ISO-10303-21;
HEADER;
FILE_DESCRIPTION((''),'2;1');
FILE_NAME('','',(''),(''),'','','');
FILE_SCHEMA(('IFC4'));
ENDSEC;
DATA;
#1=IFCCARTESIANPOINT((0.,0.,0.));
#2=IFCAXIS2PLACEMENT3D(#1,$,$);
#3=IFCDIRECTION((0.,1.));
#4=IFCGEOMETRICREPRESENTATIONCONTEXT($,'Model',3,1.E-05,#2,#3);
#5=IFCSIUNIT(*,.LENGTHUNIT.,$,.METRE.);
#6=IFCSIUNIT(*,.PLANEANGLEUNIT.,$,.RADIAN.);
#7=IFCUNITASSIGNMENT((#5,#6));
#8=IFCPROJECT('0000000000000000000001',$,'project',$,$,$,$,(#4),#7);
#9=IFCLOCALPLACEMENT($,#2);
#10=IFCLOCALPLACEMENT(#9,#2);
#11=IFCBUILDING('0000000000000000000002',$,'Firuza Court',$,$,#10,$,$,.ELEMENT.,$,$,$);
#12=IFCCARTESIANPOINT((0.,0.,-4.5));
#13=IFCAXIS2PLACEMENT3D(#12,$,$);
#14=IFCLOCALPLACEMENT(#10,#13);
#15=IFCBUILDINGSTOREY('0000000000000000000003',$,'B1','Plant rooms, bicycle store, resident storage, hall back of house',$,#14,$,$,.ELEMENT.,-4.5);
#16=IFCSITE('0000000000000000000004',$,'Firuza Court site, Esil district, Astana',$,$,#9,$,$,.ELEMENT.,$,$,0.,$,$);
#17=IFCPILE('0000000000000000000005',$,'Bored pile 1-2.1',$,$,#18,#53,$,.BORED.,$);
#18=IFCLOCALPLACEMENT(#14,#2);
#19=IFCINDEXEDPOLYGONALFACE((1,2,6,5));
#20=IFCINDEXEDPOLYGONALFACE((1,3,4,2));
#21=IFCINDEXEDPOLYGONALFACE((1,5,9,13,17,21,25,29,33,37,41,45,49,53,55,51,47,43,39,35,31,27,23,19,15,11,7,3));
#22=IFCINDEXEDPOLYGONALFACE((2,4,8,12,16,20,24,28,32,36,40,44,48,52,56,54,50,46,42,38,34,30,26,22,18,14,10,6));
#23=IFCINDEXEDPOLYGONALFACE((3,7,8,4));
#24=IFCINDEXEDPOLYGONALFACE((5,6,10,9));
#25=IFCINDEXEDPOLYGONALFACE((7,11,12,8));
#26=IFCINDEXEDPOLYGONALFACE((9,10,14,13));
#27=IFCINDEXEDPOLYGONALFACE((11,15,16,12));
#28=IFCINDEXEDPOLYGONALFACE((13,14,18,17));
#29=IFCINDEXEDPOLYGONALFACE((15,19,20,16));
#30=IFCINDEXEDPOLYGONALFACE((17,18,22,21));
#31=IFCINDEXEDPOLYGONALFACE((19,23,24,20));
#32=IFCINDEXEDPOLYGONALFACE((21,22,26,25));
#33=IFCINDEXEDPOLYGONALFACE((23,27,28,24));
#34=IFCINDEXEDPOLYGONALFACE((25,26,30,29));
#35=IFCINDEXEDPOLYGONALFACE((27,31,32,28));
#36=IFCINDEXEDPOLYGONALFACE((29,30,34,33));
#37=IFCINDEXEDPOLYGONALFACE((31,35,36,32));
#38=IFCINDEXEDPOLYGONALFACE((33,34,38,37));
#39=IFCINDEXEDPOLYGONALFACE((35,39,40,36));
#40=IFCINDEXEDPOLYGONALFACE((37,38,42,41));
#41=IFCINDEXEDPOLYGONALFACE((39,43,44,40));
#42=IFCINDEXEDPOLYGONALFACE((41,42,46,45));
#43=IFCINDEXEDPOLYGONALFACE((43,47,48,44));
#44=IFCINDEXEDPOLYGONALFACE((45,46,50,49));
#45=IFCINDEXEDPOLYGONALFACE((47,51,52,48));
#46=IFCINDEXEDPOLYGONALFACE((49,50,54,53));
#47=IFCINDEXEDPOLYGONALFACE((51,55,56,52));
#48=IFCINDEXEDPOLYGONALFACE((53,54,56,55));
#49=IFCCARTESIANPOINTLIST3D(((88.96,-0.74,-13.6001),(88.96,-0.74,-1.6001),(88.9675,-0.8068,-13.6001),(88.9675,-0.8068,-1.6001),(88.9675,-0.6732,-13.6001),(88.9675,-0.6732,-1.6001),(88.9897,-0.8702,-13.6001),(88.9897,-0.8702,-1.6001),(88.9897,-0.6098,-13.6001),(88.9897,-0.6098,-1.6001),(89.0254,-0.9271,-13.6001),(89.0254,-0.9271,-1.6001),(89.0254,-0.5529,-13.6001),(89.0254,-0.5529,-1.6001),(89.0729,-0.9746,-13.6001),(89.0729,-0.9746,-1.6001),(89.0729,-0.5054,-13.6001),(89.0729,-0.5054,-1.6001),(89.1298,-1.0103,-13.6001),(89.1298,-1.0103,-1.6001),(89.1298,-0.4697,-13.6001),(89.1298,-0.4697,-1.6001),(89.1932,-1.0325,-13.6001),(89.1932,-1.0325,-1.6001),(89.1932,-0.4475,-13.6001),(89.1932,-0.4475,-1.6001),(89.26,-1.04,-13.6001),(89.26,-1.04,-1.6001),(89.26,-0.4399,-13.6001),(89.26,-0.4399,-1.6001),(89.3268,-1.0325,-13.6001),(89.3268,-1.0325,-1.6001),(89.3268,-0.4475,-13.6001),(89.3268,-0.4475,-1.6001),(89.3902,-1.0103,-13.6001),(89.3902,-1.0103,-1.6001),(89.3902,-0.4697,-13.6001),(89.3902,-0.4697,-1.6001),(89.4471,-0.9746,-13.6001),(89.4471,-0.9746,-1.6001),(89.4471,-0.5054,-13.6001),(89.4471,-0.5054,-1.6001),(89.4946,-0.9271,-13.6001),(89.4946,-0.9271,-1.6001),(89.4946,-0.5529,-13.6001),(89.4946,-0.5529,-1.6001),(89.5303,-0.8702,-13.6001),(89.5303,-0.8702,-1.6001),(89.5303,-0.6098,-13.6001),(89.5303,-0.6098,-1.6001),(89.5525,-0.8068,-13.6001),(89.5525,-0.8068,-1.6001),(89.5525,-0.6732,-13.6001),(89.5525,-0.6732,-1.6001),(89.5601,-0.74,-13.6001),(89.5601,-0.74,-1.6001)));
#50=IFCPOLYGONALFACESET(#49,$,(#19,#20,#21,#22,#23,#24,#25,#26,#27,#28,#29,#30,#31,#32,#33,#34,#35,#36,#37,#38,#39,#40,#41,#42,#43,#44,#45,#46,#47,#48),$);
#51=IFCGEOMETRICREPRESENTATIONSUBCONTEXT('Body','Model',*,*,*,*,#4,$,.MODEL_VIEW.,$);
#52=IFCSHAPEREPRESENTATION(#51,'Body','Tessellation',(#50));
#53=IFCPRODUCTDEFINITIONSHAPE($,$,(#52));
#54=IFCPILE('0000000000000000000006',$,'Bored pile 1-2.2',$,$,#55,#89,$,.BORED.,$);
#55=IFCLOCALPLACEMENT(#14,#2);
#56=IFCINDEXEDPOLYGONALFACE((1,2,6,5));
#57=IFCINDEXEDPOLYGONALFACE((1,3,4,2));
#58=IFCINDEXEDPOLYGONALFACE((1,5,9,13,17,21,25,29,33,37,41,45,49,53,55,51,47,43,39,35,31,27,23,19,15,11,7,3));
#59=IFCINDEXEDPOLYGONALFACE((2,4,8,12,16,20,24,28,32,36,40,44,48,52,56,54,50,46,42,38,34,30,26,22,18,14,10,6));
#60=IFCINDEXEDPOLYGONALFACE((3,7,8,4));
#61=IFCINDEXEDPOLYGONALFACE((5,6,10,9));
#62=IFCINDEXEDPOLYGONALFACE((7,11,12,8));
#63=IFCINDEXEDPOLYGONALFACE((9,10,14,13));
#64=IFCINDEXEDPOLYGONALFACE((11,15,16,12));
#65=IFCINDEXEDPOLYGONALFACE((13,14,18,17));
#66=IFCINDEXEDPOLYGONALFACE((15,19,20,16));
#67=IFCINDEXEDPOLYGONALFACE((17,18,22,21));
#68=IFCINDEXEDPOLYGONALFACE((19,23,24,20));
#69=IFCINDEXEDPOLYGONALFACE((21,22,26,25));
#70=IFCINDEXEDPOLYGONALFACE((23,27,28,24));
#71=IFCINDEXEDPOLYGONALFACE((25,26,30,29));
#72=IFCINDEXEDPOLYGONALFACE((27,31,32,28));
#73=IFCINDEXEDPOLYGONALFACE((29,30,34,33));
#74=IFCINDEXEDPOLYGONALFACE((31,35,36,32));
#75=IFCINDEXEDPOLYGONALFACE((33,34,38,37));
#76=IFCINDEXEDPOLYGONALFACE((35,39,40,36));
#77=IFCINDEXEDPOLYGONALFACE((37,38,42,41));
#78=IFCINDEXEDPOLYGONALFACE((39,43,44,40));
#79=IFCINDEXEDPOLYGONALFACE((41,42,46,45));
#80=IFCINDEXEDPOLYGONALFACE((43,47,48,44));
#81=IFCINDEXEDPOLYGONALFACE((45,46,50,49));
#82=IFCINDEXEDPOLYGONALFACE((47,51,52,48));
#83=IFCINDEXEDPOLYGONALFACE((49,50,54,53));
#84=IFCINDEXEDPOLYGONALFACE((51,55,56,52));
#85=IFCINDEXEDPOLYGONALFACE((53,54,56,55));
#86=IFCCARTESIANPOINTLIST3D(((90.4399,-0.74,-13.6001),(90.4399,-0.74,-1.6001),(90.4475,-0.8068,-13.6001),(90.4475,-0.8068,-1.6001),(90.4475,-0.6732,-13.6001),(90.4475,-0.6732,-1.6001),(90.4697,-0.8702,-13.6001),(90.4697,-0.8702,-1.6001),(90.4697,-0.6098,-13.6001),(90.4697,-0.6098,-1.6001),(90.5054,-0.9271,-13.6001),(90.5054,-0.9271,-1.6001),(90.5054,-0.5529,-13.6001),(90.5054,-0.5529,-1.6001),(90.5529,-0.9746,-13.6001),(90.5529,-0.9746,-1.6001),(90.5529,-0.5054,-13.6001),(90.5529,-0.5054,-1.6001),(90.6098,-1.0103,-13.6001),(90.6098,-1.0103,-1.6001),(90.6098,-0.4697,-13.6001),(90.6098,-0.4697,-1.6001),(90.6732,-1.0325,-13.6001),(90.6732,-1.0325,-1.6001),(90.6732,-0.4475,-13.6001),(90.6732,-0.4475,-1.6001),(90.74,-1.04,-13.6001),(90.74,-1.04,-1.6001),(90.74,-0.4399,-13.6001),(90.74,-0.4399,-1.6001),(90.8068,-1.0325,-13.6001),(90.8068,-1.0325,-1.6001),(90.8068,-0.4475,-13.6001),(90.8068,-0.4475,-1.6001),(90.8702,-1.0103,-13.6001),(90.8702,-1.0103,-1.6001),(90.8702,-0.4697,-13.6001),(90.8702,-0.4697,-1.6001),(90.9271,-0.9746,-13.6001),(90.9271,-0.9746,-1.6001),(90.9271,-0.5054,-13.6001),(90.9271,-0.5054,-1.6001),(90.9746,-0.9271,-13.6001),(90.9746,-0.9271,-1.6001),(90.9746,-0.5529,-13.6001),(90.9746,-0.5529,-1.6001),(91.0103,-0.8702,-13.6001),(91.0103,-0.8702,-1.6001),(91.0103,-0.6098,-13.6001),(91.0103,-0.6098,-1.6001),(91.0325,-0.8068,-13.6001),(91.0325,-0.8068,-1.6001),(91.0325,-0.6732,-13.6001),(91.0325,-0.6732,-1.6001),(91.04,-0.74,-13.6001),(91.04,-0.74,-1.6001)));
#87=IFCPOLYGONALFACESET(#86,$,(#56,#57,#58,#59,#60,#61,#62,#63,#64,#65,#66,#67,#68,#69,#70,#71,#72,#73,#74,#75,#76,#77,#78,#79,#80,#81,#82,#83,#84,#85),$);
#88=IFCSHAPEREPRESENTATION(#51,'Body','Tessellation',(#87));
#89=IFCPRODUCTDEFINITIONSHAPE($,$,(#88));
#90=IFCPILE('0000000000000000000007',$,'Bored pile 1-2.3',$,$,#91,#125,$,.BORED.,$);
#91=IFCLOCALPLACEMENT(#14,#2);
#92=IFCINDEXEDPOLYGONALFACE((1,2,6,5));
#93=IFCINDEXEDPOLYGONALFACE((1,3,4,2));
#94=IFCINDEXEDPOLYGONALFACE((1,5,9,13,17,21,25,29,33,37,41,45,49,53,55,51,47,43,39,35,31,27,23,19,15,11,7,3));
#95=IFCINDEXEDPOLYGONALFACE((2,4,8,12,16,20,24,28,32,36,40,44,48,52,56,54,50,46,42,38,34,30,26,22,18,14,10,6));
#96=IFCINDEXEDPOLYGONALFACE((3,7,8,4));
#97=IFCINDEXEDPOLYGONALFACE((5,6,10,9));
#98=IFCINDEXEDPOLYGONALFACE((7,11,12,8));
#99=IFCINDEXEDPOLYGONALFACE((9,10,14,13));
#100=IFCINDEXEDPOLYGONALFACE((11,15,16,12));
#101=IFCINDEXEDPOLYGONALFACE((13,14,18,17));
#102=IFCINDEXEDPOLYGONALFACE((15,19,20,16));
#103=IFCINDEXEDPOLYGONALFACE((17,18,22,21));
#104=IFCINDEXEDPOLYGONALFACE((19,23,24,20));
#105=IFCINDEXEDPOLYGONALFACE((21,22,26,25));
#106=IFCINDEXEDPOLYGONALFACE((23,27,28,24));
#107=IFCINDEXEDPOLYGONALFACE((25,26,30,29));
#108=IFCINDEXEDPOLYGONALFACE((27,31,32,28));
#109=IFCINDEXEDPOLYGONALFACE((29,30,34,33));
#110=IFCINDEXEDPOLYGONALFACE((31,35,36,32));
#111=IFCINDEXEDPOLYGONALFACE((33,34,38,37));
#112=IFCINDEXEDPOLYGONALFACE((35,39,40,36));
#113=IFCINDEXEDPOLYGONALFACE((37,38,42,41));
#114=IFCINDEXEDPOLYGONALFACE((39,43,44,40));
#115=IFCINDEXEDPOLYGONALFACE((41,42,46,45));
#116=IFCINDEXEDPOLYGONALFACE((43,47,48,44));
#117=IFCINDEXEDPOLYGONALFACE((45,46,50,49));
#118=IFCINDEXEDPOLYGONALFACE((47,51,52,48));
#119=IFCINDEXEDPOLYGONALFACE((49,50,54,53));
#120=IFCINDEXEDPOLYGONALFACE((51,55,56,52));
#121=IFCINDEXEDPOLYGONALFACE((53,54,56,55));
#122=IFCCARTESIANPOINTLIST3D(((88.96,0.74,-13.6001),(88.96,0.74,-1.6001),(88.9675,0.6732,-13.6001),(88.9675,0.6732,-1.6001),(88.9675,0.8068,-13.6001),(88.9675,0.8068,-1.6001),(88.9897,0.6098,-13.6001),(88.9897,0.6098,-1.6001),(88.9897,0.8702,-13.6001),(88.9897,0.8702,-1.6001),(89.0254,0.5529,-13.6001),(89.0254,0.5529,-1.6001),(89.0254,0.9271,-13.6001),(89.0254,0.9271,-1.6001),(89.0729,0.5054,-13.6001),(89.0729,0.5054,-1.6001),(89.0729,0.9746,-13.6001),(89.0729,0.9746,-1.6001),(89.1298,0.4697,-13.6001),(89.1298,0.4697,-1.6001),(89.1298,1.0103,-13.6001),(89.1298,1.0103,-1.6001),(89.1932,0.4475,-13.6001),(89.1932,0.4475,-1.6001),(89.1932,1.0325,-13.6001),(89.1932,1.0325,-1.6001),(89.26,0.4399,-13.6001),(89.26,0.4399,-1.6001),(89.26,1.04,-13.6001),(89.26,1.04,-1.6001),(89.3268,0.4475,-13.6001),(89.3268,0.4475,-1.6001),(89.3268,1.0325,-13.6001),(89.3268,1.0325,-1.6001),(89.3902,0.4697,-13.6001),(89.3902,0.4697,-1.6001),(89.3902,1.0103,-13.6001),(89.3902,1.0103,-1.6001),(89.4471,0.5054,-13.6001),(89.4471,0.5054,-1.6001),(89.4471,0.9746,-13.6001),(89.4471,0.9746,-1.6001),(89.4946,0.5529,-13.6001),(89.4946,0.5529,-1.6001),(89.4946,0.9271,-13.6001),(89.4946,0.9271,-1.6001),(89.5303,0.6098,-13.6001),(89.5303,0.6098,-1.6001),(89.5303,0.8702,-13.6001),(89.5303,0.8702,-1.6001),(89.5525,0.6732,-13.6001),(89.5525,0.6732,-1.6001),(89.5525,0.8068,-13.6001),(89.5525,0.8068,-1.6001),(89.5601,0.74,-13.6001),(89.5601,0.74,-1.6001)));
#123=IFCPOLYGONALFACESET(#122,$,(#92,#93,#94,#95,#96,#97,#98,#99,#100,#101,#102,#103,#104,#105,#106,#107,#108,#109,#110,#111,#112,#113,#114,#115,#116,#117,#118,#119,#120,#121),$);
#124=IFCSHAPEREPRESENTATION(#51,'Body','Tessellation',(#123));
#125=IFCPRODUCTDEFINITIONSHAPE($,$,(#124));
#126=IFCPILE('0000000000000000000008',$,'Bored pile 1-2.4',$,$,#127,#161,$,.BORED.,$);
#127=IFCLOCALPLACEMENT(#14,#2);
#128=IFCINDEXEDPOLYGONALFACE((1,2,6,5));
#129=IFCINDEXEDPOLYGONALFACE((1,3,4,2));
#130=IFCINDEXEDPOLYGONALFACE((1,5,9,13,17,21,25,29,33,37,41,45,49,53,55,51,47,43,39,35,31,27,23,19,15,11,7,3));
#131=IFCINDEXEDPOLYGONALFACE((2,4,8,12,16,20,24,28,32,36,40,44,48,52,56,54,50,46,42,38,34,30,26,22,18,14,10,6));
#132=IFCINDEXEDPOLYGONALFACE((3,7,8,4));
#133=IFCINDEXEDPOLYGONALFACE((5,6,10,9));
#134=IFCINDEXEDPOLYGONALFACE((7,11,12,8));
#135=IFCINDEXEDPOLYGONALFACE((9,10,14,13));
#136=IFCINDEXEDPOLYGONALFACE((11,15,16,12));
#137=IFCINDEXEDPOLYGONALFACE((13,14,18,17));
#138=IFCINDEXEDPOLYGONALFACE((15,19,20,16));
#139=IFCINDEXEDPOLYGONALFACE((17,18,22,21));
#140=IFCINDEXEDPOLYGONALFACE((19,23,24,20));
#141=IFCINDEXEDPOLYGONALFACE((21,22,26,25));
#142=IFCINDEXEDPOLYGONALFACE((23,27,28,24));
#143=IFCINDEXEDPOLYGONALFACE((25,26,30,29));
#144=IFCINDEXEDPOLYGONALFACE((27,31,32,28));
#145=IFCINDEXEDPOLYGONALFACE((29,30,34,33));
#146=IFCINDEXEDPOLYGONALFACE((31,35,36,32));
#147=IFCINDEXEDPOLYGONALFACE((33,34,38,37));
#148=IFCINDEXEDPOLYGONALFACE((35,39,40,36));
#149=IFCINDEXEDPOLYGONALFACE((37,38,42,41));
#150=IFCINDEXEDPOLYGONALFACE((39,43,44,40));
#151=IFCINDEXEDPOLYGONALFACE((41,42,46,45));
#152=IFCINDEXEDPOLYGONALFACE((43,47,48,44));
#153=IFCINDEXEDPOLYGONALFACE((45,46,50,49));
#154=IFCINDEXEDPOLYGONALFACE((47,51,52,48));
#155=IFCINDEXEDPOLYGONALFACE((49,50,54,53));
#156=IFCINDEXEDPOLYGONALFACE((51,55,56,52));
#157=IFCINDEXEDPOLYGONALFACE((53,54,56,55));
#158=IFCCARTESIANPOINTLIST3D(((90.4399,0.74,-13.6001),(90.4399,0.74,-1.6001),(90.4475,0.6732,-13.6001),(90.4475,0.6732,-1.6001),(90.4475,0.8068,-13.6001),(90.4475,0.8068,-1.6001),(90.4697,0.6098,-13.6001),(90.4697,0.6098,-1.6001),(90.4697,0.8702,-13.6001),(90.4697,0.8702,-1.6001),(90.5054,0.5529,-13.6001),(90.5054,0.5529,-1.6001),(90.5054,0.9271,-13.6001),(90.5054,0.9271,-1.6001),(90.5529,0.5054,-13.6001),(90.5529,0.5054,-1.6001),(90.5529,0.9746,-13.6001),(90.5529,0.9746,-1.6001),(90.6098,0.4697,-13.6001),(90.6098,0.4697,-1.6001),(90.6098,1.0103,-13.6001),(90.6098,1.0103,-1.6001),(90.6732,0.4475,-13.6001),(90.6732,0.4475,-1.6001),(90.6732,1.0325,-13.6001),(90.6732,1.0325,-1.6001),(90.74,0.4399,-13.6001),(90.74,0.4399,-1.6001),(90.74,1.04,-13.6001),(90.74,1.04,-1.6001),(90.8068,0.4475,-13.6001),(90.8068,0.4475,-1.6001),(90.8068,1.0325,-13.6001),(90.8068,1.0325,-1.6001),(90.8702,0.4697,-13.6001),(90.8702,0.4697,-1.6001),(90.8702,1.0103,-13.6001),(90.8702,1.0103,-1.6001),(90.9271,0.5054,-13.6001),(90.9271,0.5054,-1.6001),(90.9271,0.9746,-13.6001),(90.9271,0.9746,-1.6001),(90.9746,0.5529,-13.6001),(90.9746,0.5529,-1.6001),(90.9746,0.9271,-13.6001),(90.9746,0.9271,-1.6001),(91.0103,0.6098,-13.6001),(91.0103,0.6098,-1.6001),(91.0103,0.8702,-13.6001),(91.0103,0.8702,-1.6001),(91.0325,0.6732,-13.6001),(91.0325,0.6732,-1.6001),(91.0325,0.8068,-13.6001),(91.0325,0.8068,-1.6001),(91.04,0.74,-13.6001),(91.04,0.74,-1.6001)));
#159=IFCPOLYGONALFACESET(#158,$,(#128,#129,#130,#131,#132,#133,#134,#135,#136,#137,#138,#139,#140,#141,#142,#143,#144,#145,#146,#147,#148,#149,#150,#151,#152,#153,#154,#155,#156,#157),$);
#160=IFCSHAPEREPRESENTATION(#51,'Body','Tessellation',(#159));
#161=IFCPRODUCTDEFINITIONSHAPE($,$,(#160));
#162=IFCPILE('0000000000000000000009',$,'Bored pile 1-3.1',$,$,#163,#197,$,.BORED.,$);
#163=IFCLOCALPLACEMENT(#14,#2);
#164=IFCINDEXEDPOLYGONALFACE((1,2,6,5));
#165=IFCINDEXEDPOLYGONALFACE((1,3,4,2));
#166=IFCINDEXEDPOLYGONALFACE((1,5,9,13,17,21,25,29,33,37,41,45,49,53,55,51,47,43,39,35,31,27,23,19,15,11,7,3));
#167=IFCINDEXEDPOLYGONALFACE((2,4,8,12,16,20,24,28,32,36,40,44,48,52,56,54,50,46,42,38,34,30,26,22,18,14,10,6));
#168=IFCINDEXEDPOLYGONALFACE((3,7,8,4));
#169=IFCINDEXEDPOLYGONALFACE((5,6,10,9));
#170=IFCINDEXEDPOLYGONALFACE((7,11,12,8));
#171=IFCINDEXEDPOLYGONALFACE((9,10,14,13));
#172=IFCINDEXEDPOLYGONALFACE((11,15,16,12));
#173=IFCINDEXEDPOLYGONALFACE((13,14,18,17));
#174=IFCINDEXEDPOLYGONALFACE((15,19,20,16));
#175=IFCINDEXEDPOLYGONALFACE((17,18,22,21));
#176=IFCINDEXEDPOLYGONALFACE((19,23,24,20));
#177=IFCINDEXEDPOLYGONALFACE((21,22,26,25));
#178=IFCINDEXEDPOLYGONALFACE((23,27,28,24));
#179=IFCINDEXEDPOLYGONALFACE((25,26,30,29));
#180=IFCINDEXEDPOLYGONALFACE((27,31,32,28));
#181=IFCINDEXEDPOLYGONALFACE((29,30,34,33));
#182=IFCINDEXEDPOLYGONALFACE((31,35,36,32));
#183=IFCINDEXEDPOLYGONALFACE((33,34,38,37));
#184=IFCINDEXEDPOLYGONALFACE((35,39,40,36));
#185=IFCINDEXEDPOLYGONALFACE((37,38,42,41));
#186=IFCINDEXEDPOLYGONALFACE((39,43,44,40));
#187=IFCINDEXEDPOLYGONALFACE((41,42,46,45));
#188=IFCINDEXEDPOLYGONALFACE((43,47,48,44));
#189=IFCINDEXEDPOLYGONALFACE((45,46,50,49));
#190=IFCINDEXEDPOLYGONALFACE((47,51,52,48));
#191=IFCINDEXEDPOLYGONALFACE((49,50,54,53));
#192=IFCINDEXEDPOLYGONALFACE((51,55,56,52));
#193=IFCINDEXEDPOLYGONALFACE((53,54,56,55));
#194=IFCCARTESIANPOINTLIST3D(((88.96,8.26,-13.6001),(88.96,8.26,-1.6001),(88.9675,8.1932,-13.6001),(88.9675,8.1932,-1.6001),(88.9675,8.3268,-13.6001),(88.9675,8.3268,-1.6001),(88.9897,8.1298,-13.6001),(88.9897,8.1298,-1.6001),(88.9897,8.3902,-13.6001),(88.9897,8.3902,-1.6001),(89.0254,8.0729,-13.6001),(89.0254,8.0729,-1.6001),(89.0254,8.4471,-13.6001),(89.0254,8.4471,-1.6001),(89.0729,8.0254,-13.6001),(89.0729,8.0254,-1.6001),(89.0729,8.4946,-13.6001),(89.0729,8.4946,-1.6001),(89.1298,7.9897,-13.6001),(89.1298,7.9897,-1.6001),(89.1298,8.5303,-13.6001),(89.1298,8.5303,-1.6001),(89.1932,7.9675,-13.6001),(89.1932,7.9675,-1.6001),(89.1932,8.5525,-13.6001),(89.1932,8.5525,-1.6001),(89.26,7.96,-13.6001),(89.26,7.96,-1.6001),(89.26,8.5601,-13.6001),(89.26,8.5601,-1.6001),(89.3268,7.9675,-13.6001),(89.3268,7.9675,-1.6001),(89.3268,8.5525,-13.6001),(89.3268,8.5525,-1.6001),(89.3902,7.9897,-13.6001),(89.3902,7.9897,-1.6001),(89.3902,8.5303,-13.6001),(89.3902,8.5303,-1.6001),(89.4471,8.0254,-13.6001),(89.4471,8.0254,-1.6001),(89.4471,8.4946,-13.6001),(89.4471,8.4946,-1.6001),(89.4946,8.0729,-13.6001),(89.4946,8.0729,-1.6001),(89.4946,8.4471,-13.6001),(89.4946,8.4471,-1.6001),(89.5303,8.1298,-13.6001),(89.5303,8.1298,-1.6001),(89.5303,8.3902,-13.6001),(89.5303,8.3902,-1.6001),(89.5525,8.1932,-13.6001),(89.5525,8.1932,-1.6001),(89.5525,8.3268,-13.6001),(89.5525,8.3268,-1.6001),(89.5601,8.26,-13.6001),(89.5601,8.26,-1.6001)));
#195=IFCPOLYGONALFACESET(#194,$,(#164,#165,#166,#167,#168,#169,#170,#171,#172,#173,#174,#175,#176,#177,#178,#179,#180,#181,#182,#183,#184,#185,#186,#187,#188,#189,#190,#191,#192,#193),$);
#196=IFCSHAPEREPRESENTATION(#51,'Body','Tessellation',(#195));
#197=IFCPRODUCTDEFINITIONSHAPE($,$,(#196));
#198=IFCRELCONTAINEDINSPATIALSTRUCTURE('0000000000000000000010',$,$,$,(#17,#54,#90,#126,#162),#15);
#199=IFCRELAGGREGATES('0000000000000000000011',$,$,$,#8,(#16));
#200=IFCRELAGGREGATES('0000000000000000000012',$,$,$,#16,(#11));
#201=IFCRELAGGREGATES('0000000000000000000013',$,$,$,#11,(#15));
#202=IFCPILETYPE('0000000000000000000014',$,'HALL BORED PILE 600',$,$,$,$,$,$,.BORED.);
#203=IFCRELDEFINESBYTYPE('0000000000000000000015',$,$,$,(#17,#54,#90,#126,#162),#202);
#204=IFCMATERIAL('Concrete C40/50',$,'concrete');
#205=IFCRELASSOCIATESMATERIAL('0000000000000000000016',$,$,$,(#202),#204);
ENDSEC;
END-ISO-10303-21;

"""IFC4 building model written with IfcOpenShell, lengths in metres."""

from ifc_helpers import new_model, si_unit, direction, frame, origin, origin_2d, place, context, subcontext, project, spatial, circle, extrude, material, material_profile, profile_set, type_object, element, save


model = new_model("IFC4")

# Units and contexts
model_context = context("Model", 3, precision=1e-05, world=origin(), true_north=direction((0.0, 1.0)))
body_context = subcontext(model_context, "Body", "Model", "MODEL_VIEW")
ifc_project = project(units=[si_unit("LENGTHUNIT", "METRE"), si_unit("PLANEANGLEUNIT", "RADIAN")], contexts=[model_context])

# Site, building, storey
site_placement = place(None, origin())
site = spatial("IfcSite", under=ifc_project, at=site_placement, Name="Firuza Court site, Esil district, Astana", CompositionType="ELEMENT", RefElevation=0.0)
building_placement = place(site_placement, origin())
building = spatial("IfcBuilding", under=site, at=building_placement, Name="Firuza Court", CompositionType="ELEMENT")
storey_placement = place(building_placement, frame((0.0, 0.0, -4.5)))
storey = spatial("IfcBuildingStorey", under=building, at=storey_placement, Name="B1", Description="Plant rooms, bicycle store, resident storage, hall back of house", CompositionType="ELEMENT", Elevation=-4.5)

# Piles
ifc_material_1 = material(Name="Concrete C40/50", Category="concrete")
ifc_material_profile_1 = material_profile(ifc_material_1, circle(Radius=0.3, at=origin_2d()), Name="PILE 600")
ifc_profile_set_1 = profile_set([ifc_material_profile_1], Name="Concrete C40/50")
pile_type = type_object("IfcPileType", Name="HALL BORED PILE 600", PredefinedType="BORED", material=ifc_profile_set_1)
for number, where, z_axis, x_axis, name in (
    (1, (89.26, -0.74, -1.6001), (0.0, 0.0, -1.0), (1.0, 0.0, 0.0), "Bored pile 1-2.1"),
    (2, (90.74, -0.74, -1.6001), (0.0, 0.0, -1.0), (1.0, 0.0, 0.0), "Bored pile 1-2.2"),
    (3, (89.26, 0.74, -1.6001), (0.0, 0.0, -1.0), (1.0, 0.0, 0.0), "Bored pile 1-2.3"),
    (4, (90.74, 0.74, -1.6001), (0.0, 0.0, -1.0), (1.0, 0.0, 0.0), "Bored pile 1-2.4"),
    (5, (89.26, 8.26, -1.6001), (0.0, 0.0, -1.0), (1.0, 0.0, 0.0), "Bored pile 1-3.1"),
):
    element("IfcPile", number, at=place(storey_placement, frame(where, z_axis=z_axis, x_axis=x_axis)), inside=storey, type_object=pile_type, Name=name, PredefinedType="BORED", context=body_context, shape_type="SweptSolid", body=[
        extrude(circle(Radius=0.3, at=origin_2d()), origin(), (0.0, 0.0, 1.0), 12.0),
    ])

save(model, "model.ifc")
